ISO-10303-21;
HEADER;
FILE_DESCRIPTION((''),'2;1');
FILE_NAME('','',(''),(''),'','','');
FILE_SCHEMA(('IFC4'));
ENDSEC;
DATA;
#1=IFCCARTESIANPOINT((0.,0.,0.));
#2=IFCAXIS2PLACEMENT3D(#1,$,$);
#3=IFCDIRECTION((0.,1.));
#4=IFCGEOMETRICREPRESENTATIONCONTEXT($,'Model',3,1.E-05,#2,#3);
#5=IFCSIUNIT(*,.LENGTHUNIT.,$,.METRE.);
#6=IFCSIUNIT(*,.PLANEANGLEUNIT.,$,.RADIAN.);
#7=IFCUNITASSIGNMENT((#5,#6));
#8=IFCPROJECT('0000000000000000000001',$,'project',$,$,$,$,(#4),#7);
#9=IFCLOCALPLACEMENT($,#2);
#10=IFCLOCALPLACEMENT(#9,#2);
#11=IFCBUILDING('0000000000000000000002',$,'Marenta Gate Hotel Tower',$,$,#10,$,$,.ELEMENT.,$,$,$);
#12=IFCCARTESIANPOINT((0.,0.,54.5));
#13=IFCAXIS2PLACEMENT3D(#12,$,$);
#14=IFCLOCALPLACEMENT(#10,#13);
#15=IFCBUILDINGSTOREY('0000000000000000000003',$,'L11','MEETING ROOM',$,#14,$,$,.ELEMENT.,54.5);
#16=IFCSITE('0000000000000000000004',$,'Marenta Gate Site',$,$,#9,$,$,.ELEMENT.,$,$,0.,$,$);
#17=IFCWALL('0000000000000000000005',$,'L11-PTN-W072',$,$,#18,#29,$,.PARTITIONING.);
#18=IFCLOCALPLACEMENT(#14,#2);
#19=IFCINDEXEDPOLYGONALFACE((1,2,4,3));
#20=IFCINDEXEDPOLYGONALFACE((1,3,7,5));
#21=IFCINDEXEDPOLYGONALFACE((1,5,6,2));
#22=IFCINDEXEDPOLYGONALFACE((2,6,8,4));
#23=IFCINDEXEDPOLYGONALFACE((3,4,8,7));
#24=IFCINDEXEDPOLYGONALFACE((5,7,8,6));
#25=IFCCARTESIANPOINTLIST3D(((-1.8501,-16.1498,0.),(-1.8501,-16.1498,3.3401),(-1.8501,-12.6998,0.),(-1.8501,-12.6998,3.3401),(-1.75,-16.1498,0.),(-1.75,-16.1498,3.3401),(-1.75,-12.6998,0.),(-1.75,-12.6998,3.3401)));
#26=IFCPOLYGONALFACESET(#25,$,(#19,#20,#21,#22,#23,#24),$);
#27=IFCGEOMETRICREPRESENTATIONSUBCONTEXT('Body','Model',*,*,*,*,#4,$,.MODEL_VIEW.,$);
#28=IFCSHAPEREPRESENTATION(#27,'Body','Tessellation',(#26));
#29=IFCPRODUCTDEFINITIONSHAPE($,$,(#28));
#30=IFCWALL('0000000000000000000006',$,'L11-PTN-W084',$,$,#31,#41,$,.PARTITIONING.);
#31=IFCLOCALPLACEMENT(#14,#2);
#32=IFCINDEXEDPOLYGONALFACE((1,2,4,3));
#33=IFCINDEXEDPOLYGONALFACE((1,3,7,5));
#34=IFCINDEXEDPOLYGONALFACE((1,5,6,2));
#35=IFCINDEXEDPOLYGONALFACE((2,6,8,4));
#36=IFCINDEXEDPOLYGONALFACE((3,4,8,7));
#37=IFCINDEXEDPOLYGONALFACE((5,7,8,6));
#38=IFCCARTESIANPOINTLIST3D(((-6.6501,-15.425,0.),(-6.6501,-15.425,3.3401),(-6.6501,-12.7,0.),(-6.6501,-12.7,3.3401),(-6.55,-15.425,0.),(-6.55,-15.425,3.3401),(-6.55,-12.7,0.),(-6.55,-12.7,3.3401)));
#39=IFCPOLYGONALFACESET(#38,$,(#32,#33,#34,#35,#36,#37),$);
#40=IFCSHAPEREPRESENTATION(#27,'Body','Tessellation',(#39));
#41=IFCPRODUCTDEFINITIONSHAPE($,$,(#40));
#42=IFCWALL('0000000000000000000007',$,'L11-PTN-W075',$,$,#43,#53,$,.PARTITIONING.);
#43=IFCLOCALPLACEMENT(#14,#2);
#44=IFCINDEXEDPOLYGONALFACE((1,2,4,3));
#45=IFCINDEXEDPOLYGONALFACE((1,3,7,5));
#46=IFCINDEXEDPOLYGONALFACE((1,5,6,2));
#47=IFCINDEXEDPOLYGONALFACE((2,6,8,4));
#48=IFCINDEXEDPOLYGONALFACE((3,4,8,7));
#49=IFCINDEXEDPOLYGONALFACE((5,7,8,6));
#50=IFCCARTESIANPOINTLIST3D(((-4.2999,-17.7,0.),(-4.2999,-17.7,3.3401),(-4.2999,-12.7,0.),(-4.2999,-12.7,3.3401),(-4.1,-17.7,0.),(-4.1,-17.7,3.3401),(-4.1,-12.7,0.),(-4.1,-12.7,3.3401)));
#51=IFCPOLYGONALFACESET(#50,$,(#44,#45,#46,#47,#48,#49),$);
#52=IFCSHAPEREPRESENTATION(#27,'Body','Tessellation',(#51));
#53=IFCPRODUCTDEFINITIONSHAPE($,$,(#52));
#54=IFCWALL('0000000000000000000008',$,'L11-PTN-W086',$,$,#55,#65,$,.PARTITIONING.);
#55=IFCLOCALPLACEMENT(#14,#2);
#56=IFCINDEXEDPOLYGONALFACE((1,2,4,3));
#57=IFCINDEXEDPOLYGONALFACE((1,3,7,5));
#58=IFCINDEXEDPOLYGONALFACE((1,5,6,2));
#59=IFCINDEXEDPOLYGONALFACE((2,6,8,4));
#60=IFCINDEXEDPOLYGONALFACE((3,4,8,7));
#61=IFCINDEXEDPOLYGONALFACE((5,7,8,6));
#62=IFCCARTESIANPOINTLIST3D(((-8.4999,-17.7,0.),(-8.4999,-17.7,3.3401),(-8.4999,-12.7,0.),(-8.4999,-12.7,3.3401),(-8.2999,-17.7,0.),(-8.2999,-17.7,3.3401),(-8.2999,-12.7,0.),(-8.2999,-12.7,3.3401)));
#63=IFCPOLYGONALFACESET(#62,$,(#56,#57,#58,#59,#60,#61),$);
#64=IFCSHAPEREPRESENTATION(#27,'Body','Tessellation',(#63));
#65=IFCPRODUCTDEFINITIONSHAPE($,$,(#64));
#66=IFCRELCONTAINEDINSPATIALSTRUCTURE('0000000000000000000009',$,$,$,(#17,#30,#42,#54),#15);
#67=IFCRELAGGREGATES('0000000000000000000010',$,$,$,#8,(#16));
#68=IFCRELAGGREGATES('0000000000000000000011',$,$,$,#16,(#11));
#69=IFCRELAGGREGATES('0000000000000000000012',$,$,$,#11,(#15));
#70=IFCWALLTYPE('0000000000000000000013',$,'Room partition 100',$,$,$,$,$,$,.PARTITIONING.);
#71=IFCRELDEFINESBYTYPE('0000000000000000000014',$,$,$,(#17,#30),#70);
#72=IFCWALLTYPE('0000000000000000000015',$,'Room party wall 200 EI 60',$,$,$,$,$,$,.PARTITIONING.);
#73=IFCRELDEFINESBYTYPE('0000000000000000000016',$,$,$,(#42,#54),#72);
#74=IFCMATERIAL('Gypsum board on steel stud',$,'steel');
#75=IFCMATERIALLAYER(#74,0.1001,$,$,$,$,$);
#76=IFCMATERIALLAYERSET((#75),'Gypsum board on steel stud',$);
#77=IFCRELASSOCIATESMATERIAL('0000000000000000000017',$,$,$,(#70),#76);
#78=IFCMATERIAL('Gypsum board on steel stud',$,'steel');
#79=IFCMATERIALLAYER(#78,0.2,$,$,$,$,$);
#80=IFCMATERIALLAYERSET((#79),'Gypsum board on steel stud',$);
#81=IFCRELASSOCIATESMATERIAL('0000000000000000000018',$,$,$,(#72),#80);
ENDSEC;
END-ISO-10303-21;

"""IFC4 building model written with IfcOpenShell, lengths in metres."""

from ifc_helpers import new_model, si_unit, direction, frame, frame_2d, origin, place, context, subcontext, project, spatial, rectangle, extrude, material, layer, layer_set, type_object, element, save


model = new_model("IFC4")

# Units and contexts
model_context = context("Model", 3, precision=1e-05, world=origin(), true_north=direction((0.0, 1.0)))
body_context = subcontext(model_context, "Body", "Model", "MODEL_VIEW")
ifc_project = project(units=[si_unit("LENGTHUNIT", "METRE"), si_unit("PLANEANGLEUNIT", "RADIAN")], contexts=[model_context])

# Site, building, storey
site_placement = place(None, origin())
site = spatial("IfcSite", under=ifc_project, at=site_placement, Name="Marenta Gate Site", CompositionType="ELEMENT", RefElevation=0.0)
building_placement = place(site_placement, origin())
building = spatial("IfcBuilding", under=site, at=building_placement, Name="Marenta Gate Hotel Tower", CompositionType="ELEMENT")
storey_placement = place(building_placement, frame((0.0, 0.0, 54.5)))
storey = spatial("IfcBuildingStorey", under=building, at=storey_placement, Name="L11", Description="MEETING ROOM", CompositionType="ELEMENT", Elevation=54.5)

# Shared definitions
ifc_material_1 = material(Name="Gypsum board on steel stud", Category="steel")
ifc_layer_1 = layer(ifc_material_1, 0.1001)
ifc_layer_set_1 = layer_set([ifc_layer_1], Name="Gypsum board on steel stud")
wall_type_1 = type_object("IfcWallType", Name="Room partition 100", PredefinedType="PARTITIONING", material=ifc_layer_set_1)

# Walls
wall_1_placement = place(storey_placement, frame((-1.8, -16.1499, 0.0), z_axis=(0.0, 0.0, 1.0), x_axis=(0.0, 1.0, 0.0)))
element("IfcWall", 1, at=wall_1_placement, inside=storey, type_object=wall_type_1, Name="L11-PTN-W072", PredefinedType="PARTITIONING", context=body_context, shape_type="SweptSolid", body=[
    extrude(rectangle(XDim=3.45, YDim=0.1001, at=frame_2d((1.7251, 0.0))), origin(), (0.0, 0.0, 1.0), 3.3401),
])
wall_2_placement = place(storey_placement, frame((-6.6001, -15.425, 0.0), z_axis=(0.0, 0.0, 1.0), x_axis=(0.0, 1.0, 0.0)))
element("IfcWall", 2, at=wall_2_placement, inside=storey, type_object=wall_type_1, Name="L11-PTN-W084", PredefinedType="PARTITIONING", context=body_context, shape_type="SweptSolid", body=[
    extrude(rectangle(XDim=2.7251, YDim=0.1001, at=frame_2d((1.3625, 0.0))), origin(), (0.0, 0.0, 1.0), 3.3401),
])
ifc_material_2 = material(Name="Gypsum board on steel stud", Category="steel")
ifc_layer_2 = layer(ifc_material_2, 0.2)
ifc_layer_set_2 = layer_set([ifc_layer_2], Name="Gypsum board on steel stud")
wall_type_2 = type_object("IfcWallType", Name="Room party wall 200 EI 60", PredefinedType="PARTITIONING", material=ifc_layer_set_2)
for number, where, z_axis, x_axis, name in (
    (3, (-4.2, -17.7, 0.0), (0.0, 0.0, 1.0), (0.0, 1.0, 0.0), "L11-PTN-W075"),
    (4, (-8.3999, -17.7, 0.0), (0.0, 0.0, 1.0), (0.0, 1.0, 0.0), "L11-PTN-W086"),
):
    element("IfcWall", number, at=place(storey_placement, frame(where, z_axis=z_axis, x_axis=x_axis)), inside=storey, type_object=wall_type_2, Name=name, PredefinedType="PARTITIONING", context=body_context, shape_type="SweptSolid", body=[
        extrude(rectangle(XDim=5.0, YDim=0.2, at=frame_2d((2.5, 0.0))), origin(), (0.0, 0.0, 1.0), 3.3401),
    ])

save(model, "model.ifc")
